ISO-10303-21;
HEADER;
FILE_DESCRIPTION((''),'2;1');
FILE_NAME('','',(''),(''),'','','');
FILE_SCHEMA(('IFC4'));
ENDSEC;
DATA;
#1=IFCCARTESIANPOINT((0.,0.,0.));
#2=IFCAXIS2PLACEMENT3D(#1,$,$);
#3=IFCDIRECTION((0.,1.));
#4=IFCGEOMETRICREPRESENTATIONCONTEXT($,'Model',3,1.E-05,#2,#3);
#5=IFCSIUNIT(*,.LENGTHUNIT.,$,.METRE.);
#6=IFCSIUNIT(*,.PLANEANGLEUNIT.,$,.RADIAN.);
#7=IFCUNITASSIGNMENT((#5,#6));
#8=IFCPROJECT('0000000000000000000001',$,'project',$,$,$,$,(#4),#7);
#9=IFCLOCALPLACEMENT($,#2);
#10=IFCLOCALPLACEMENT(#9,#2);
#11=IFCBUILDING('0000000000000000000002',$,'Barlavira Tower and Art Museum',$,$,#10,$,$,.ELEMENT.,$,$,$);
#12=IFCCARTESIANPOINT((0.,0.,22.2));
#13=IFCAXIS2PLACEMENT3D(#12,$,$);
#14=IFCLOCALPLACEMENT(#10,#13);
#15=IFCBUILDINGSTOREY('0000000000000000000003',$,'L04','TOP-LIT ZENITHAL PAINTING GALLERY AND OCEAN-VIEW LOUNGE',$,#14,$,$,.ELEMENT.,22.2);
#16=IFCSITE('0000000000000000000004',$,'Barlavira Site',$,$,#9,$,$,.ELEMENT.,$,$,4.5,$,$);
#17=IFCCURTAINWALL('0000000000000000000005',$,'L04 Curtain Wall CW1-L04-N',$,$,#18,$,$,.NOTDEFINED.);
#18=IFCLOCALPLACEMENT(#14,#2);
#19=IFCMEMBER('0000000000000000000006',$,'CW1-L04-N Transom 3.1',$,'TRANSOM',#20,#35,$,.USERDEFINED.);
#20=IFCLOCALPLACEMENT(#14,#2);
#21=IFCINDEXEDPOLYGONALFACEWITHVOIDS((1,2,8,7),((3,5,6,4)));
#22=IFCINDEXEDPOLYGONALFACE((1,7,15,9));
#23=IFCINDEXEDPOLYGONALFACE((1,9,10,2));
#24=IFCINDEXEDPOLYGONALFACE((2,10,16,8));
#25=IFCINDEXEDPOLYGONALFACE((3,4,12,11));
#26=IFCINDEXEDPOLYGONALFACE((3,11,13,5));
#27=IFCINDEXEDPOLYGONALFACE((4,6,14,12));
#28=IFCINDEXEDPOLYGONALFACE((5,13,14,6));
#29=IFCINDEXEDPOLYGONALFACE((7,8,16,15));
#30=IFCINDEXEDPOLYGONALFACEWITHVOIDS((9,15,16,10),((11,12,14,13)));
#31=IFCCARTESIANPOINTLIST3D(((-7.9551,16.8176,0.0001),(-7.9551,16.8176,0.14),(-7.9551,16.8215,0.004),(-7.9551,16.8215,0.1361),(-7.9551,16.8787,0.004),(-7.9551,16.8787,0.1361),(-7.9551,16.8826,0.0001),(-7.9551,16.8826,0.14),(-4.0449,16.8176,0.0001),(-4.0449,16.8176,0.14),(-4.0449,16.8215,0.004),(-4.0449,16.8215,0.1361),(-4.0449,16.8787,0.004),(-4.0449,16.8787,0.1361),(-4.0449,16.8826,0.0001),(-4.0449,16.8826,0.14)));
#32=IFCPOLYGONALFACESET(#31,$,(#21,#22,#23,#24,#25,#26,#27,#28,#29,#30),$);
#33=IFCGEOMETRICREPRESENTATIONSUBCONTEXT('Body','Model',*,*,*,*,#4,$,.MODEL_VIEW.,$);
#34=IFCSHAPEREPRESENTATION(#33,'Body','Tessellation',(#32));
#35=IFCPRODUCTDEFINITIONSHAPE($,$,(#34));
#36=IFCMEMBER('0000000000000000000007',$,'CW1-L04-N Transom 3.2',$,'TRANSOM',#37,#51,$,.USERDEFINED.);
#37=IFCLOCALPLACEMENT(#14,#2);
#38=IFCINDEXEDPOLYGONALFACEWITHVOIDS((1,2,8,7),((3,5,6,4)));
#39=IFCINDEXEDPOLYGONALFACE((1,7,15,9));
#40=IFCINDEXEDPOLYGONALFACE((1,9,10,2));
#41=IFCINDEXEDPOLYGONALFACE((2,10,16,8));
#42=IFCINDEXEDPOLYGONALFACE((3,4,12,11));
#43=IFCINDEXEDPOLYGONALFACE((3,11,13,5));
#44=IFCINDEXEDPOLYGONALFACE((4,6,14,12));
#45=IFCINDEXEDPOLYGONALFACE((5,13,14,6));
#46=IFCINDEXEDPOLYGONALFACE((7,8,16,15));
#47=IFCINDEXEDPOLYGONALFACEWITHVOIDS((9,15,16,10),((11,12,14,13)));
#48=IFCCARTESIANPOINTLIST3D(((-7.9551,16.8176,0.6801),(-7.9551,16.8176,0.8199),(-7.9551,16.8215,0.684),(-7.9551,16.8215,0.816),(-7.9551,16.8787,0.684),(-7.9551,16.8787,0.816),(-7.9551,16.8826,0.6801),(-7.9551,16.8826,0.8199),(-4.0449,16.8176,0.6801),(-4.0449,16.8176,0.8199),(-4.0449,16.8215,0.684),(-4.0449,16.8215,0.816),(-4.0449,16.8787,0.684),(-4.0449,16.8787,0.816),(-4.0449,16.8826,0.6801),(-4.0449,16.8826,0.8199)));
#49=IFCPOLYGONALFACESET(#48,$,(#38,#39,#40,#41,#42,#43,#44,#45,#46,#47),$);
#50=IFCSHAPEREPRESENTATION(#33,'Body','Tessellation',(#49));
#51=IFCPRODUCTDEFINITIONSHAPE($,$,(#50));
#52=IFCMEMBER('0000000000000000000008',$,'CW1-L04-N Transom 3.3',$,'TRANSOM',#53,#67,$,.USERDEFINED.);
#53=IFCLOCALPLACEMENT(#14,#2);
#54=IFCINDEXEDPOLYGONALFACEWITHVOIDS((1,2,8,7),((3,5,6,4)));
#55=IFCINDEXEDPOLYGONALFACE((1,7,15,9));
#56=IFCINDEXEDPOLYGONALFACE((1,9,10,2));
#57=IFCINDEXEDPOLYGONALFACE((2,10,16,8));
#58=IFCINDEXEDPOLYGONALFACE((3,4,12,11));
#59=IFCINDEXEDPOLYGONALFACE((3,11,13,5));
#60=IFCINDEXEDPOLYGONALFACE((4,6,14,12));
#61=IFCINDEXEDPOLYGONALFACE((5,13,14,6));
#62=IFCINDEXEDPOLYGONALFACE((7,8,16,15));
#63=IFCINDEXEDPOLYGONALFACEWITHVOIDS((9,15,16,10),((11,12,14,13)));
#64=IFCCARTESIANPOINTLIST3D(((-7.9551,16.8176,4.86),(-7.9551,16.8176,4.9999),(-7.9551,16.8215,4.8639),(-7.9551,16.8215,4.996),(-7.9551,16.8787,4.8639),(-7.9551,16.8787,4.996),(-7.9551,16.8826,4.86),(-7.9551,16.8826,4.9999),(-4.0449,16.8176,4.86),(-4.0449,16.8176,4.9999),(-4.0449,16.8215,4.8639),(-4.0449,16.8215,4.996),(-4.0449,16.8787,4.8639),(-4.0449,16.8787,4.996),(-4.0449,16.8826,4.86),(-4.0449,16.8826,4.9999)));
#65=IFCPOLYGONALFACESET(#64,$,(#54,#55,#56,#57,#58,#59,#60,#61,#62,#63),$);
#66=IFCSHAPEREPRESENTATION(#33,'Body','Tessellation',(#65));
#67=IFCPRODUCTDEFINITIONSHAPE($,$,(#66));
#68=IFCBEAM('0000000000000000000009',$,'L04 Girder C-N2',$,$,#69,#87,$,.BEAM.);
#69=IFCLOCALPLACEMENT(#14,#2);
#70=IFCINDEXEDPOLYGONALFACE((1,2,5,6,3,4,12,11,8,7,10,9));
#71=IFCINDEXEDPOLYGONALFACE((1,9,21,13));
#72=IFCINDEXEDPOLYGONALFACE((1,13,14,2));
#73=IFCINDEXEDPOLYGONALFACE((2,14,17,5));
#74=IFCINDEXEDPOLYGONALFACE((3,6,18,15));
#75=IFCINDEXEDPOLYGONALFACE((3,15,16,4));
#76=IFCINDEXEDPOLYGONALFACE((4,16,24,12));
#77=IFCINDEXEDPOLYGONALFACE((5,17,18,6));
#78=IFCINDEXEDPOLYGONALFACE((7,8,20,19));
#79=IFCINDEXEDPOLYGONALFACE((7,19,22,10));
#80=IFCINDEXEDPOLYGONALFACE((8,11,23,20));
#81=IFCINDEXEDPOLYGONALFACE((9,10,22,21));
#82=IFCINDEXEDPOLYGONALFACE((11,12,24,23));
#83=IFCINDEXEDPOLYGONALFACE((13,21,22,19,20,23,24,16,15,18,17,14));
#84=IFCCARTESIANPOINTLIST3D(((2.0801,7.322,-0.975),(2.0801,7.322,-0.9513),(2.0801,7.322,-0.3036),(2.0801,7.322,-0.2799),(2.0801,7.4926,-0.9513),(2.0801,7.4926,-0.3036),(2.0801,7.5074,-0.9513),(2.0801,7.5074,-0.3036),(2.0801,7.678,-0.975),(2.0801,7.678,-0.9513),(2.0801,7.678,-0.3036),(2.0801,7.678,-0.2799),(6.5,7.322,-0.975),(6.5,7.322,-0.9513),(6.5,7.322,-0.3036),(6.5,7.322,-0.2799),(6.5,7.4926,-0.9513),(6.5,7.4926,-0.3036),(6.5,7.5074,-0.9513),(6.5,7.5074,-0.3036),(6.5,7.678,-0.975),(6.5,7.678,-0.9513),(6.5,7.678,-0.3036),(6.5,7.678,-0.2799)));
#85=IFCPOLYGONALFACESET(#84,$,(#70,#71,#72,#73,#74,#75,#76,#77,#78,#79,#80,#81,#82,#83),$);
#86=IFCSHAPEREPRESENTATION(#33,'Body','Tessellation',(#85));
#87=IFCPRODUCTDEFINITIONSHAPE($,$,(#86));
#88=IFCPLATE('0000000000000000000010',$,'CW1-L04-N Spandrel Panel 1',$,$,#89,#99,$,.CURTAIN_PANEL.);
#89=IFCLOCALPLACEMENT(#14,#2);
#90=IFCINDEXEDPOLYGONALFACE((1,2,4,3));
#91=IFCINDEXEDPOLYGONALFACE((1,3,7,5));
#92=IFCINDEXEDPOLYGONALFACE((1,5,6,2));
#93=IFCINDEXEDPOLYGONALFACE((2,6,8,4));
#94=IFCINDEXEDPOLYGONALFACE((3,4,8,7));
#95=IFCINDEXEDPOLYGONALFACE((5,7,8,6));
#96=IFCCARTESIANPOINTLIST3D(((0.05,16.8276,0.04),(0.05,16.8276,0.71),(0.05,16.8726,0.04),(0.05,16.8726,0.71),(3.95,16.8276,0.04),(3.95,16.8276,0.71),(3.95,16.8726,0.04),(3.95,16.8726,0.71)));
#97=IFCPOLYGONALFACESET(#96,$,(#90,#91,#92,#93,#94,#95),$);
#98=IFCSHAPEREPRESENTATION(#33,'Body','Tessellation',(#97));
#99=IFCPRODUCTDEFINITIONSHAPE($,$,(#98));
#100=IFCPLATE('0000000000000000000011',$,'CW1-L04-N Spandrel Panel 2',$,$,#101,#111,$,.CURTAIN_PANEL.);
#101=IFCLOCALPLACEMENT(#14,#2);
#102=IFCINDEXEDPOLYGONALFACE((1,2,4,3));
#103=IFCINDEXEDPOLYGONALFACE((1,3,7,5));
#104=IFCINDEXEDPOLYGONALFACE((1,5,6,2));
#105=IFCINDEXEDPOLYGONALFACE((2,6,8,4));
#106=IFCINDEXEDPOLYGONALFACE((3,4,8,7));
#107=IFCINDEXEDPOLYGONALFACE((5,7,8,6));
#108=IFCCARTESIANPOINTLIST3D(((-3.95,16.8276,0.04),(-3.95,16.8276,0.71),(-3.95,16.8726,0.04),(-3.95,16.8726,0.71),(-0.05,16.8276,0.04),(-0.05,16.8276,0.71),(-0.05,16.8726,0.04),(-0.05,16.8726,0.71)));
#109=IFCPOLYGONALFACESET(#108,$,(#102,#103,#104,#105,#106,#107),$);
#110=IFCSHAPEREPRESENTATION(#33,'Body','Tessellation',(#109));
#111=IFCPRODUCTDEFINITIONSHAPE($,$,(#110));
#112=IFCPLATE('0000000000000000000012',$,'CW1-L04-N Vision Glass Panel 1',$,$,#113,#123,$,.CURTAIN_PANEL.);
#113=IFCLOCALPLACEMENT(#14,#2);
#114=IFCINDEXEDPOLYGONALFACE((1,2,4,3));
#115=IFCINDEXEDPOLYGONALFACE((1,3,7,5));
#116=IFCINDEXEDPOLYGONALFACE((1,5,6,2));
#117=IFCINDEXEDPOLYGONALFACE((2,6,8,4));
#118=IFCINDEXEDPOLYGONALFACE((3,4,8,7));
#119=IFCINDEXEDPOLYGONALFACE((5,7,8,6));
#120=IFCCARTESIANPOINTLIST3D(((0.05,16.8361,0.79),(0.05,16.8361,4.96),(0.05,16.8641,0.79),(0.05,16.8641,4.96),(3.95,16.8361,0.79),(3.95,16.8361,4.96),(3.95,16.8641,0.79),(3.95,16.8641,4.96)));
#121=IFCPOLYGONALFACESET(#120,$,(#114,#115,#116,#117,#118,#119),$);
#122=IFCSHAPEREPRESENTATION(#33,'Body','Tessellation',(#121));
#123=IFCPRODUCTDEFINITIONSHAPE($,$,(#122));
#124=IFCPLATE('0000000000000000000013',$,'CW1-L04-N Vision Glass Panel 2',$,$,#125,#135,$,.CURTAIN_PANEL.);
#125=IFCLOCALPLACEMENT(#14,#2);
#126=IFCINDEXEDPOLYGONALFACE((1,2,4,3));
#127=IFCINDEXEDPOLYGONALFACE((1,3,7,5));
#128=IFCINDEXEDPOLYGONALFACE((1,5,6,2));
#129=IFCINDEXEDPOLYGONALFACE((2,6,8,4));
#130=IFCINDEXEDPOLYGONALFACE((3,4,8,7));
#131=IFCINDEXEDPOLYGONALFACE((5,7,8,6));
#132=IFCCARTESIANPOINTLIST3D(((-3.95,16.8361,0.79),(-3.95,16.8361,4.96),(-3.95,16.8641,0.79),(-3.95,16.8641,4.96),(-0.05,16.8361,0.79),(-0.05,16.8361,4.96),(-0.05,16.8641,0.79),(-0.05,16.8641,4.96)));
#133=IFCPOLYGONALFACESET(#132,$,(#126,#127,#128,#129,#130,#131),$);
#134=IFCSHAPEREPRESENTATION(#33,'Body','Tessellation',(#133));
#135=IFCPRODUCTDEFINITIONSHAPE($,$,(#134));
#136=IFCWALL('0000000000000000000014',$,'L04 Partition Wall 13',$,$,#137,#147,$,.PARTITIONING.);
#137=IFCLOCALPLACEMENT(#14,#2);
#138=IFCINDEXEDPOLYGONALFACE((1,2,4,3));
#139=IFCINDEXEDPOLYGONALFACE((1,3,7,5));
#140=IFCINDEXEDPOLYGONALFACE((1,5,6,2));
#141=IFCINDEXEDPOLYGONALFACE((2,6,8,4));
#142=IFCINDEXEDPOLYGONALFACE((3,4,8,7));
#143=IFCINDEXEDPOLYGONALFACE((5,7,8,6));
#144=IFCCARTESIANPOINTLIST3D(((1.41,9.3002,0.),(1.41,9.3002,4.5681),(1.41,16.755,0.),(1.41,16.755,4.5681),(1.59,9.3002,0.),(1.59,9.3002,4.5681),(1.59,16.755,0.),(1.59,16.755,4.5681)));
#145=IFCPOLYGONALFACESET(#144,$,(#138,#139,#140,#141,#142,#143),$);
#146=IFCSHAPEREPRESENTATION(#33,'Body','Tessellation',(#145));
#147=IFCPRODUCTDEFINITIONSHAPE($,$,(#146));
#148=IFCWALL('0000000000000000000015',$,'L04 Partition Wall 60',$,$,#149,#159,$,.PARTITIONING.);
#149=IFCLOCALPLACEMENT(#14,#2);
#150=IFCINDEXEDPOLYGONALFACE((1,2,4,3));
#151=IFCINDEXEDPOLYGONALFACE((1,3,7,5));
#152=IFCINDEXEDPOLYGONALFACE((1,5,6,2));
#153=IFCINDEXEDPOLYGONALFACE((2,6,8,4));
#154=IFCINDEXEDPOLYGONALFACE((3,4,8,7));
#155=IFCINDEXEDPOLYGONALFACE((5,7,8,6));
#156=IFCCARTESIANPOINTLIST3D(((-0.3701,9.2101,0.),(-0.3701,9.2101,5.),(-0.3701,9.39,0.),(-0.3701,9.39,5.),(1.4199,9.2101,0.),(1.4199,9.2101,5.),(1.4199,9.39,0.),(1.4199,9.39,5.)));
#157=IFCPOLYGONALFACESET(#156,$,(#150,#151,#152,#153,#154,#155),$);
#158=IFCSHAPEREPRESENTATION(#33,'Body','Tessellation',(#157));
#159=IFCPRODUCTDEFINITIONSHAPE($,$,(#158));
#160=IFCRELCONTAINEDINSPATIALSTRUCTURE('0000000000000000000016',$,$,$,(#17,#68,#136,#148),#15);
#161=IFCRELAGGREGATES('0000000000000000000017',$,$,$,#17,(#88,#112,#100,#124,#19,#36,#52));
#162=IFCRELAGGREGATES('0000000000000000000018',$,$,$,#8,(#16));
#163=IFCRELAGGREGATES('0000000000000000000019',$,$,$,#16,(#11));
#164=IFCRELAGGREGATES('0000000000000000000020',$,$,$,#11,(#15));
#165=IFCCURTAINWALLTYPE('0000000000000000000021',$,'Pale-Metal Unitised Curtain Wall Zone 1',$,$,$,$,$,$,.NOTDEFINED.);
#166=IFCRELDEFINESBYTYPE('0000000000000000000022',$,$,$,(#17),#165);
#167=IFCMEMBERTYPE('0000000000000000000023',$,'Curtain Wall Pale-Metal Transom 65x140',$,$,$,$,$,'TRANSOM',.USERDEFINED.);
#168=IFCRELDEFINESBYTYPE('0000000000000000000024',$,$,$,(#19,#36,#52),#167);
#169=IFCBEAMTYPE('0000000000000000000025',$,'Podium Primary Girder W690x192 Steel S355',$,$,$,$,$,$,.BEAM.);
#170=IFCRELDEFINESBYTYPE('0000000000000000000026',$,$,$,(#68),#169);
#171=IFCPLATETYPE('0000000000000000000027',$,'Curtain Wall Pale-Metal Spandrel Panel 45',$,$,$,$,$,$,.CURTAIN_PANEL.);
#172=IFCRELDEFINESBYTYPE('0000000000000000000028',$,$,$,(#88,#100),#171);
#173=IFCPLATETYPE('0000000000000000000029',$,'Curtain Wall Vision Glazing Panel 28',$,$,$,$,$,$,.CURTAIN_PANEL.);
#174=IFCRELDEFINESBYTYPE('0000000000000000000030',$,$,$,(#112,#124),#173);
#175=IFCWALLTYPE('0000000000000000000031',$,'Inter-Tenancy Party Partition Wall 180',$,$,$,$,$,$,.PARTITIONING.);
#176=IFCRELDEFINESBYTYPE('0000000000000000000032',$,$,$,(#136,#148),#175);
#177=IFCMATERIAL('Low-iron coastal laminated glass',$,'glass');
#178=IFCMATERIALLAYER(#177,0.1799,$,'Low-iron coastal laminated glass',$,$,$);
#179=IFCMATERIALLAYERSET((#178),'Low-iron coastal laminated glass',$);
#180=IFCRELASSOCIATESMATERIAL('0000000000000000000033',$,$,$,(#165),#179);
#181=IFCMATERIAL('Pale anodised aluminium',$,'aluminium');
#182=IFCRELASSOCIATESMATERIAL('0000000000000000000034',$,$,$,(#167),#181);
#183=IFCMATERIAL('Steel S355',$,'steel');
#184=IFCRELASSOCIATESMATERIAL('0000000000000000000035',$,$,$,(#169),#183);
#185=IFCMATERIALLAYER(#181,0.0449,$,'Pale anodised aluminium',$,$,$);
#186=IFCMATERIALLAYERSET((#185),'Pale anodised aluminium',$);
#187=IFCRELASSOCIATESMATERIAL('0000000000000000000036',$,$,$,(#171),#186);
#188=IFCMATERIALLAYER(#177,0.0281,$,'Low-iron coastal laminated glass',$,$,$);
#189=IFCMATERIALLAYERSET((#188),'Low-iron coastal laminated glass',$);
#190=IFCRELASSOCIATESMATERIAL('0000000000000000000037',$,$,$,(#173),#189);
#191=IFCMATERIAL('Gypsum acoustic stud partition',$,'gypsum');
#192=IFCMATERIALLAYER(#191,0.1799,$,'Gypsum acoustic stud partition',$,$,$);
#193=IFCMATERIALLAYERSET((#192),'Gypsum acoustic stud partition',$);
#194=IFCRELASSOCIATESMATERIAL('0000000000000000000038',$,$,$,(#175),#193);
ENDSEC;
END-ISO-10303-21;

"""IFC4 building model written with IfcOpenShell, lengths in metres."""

from ifc_helpers import new_model, si_unit, direction, frame, frame_2d, origin, origin_2d, place, context, subcontext, project, spatial, rectangle, hollow_rectangle, i_section, extrude, material, layer, layer_set, material_profile, profile_set, type_object, element, aggregate, save


model = new_model("IFC4")

# Units and contexts
model_context = context("Model", 3, precision=1e-05, world=origin(), true_north=direction((0.0, 1.0)))
body_context = subcontext(model_context, "Body", "Model", "MODEL_VIEW")
ifc_project = project(units=[si_unit("LENGTHUNIT", "METRE"), si_unit("PLANEANGLEUNIT", "RADIAN")], contexts=[model_context])

# Site, building, storey
site_placement = place(None, origin())
site = spatial("IfcSite", under=ifc_project, at=site_placement, Name="Barlavira Site", CompositionType="ELEMENT", RefElevation=4.5)
building_placement = place(site_placement, origin())
building = spatial("IfcBuilding", under=site, at=building_placement, Name="Barlavira Tower and Art Museum", CompositionType="ELEMENT")
storey_placement = place(building_placement, frame((0.0, 0.0, 22.2)))
storey = spatial("IfcBuildingStorey", under=building, at=storey_placement, Name="L04", Description="TOP-LIT ZENITHAL PAINTING GALLERY AND OCEAN-VIEW LOUNGE", CompositionType="ELEMENT", Elevation=22.2)

# Shared definitions
ifc_material_1 = material(Name="Steel S355", Category="steel")

# Curtain wall, members
ifc_material_2 = material(Name="Low-iron coastal laminated glass", Category="glass")
ifc_layer_1 = layer(ifc_material_2, 0.1799, Name="Low-iron coastal laminated glass")
ifc_layer_set_1 = layer_set([ifc_layer_1], Name="Low-iron coastal laminated glass")
curtain_wall_type = type_object("IfcCurtainWallType", Name="Pale-Metal Unitised Curtain Wall Zone 1", PredefinedType="NOTDEFINED", material=ifc_layer_set_1)
curtain_wall_placement = place(storey_placement, origin())
curtain_wall = element("IfcCurtainWall", 1, at=curtain_wall_placement, inside=storey, type_object=curtain_wall_type, Name="L04 Curtain Wall CW1-L04-N", PredefinedType="NOTDEFINED")
ifc_material_3 = material(Name="Pale anodised aluminium", Category="aluminium")
ifc_material_profile_1 = material_profile(ifc_material_3, hollow_rectangle(XDim=0.0649, YDim=0.1399, WallThickness=0.0039, at=origin_2d()), Name="ALU-TRAN 65x140x4")
ifc_profile_set_1 = profile_set([ifc_material_profile_1], Name="Pale anodised aluminium")
member_type_1 = type_object("IfcMemberType", Name="Curtain Wall Pale-Metal Transom 65x140", ElementType="TRANSOM", PredefinedType="USERDEFINED", material=ifc_profile_set_1)
member_1_placement = place(storey_placement, frame((-4.0449, 16.8501, 0.0701), z_axis=(-1.0, 0.0, 0.0), x_axis=(0.0, -1.0, 0.0)))
member_1 = element("IfcMember", 2, at=member_1_placement, type_object=member_type_1, Name="CW1-L04-N Transom 3.1", ObjectType="TRANSOM", PredefinedType="USERDEFINED", context=body_context, shape_type="SweptSolid", body=[
    extrude(hollow_rectangle(XDim=0.0649, YDim=0.1399, WallThickness=0.0039, at=origin_2d()), origin(), (0.0, 0.0, 1.0), 3.9102),
])
member_2_placement = place(storey_placement, frame((-4.0449, 16.8501, 0.75), z_axis=(-1.0, 0.0, 0.0), x_axis=(0.0, -1.0, 0.0)))
member_2 = element("IfcMember", 3, at=member_2_placement, type_object=member_type_1, Name="CW1-L04-N Transom 3.2", ObjectType="TRANSOM", PredefinedType="USERDEFINED", context=body_context, shape_type="SweptSolid", body=[
    extrude(hollow_rectangle(XDim=0.0649, YDim=0.1399, WallThickness=0.0039, at=origin_2d()), origin(), (0.0, 0.0, 1.0), 3.9102),
])
member_3_placement = place(storey_placement, frame((-4.0449, 16.8501, 4.9299), z_axis=(-1.0, 0.0, 0.0), x_axis=(0.0, -1.0, 0.0)))
member_3 = element("IfcMember", 4, at=member_3_placement, type_object=member_type_1, Name="CW1-L04-N Transom 3.3", ObjectType="TRANSOM", PredefinedType="USERDEFINED", context=body_context, shape_type="SweptSolid", body=[
    extrude(hollow_rectangle(XDim=0.0649, YDim=0.1399, WallThickness=0.0039, at=origin_2d()), origin(), (0.0, 0.0, 1.0), 3.9102),
])

# Beam
ifc_material_profile_2 = material_profile(ifc_material_1, i_section(OverallWidth=0.356, OverallDepth=0.6951, WebThickness=0.0149, FlangeThickness=0.0237, at=origin_2d()), Name="W690x192.0")
ifc_profile_set_2 = profile_set([ifc_material_profile_2], Name="Steel S355")
beam_type = type_object("IfcBeamType", Name="Podium Primary Girder W690x192 Steel S355", PredefinedType="BEAM", material=ifc_profile_set_2)
beam_placement = place(storey_placement, frame((2.0801, 7.5, -0.6274), z_axis=(1.0, 0.0, 0.0), x_axis=(0.0, 1.0, 0.0)))
element("IfcBeam", 5, at=beam_placement, inside=storey, type_object=beam_type, Name="L04 Girder C-N2", PredefinedType="BEAM", context=body_context, shape_type="SweptSolid", body=[
    extrude(i_section(OverallWidth=0.356, OverallDepth=0.6951, WebThickness=0.0149, FlangeThickness=0.0237, at=origin_2d()), origin(), (0.0, 0.0, 1.0), 4.4199),
])

# Plates
ifc_layer_2 = layer(ifc_material_3, 0.0449, Name="Pale anodised aluminium")
ifc_layer_set_2 = layer_set([ifc_layer_2], Name="Pale anodised aluminium")
plate_type_1 = type_object("IfcPlateType", Name="Curtain Wall Pale-Metal Spandrel Panel 45", PredefinedType="CURTAIN_PANEL", material=ifc_layer_set_2)
plate_1_placement = place(storey_placement, frame((2.0, 16.8501, 0.04), z_axis=(0.0, 0.0, 1.0), x_axis=(-1.0, 0.0, 0.0)))
plate_1 = element("IfcPlate", 6, at=plate_1_placement, type_object=plate_type_1, Name="CW1-L04-N Spandrel Panel 1", PredefinedType="CURTAIN_PANEL", context=body_context, shape_type="SweptSolid", body=[
    extrude(rectangle(XDim=3.8999, YDim=0.0449, at=origin_2d()), origin(), (0.0, 0.0, 1.0), 0.6699),
])
plate_2_placement = place(storey_placement, frame((-2.0, 16.8501, 0.04), z_axis=(0.0, 0.0, 1.0), x_axis=(-1.0, 0.0, 0.0)))
plate_2 = element("IfcPlate", 7, at=plate_2_placement, type_object=plate_type_1, Name="CW1-L04-N Spandrel Panel 2", PredefinedType="CURTAIN_PANEL", context=body_context, shape_type="SweptSolid", body=[
    extrude(rectangle(XDim=3.8999, YDim=0.0449, at=origin_2d()), origin(), (0.0, 0.0, 1.0), 0.6699),
])
ifc_layer_3 = layer(ifc_material_2, 0.0281, Name="Low-iron coastal laminated glass")
ifc_layer_set_3 = layer_set([ifc_layer_3], Name="Low-iron coastal laminated glass")
plate_type_2 = type_object("IfcPlateType", Name="Curtain Wall Vision Glazing Panel 28", PredefinedType="CURTAIN_PANEL", material=ifc_layer_set_3)
plate_3_placement = place(storey_placement, frame((2.0, 16.8501, 0.79), z_axis=(0.0, 0.0, 1.0), x_axis=(-1.0, 0.0, 0.0)))
plate_3 = element("IfcPlate", 8, at=plate_3_placement, type_object=plate_type_2, Name="CW1-L04-N Vision Glass Panel 1", PredefinedType="CURTAIN_PANEL", context=body_context, shape_type="SweptSolid", body=[
    extrude(rectangle(XDim=3.8999, YDim=0.0281, at=origin_2d()), origin(), (0.0, 0.0, 1.0), 4.1699),
])
plate_4_placement = place(storey_placement, frame((-2.0, 16.8501, 0.79), z_axis=(0.0, 0.0, 1.0), x_axis=(-1.0, 0.0, 0.0)))
plate_4 = element("IfcPlate", 9, at=plate_4_placement, type_object=plate_type_2, Name="CW1-L04-N Vision Glass Panel 2", PredefinedType="CURTAIN_PANEL", context=body_context, shape_type="SweptSolid", body=[
    extrude(rectangle(XDim=3.8999, YDim=0.0281, at=origin_2d()), origin(), (0.0, 0.0, 1.0), 4.1699),
])
aggregate(curtain_wall, [plate_1, plate_3, plate_2, plate_4, member_1, member_2, member_3])

# Walls
ifc_material_4 = material(Name="Gypsum acoustic stud partition", Category="gypsum")
ifc_layer_4 = layer(ifc_material_4, 0.1799, Name="Gypsum acoustic stud partition")
ifc_layer_set_4 = layer_set([ifc_layer_4], Name="Gypsum acoustic stud partition")
wall_type_1 = type_object("IfcWallType", Name="Inter-Tenancy Party Partition Wall 180", PredefinedType="PARTITIONING", material=ifc_layer_set_4)
wall_1_placement = place(storey_placement, frame((1.5, 9.3, 0.0), z_axis=(0.0, 0.0, 1.0), x_axis=(0.0, 1.0, 0.0)))
element("IfcWall", 10, at=wall_1_placement, inside=storey, type_object=wall_type_1, Name="L04 Partition Wall 13", PredefinedType="PARTITIONING", context=body_context, shape_type="SweptSolid", body=[
    extrude(rectangle(XDim=7.4548, YDim=0.1799, at=frame_2d((3.7275, 0.0))), origin(), (0.0, 0.0, 1.0), 4.5681),
])
wall_2_placement = place(storey_placement, frame((-0.3701, 9.3, 0.0), z_axis=(0.0, 0.0, 1.0), x_axis=(1.0, 0.0, 0.0)))
element("IfcWall", 11, at=wall_2_placement, inside=storey, type_object=wall_type_1, Name="L04 Partition Wall 60", PredefinedType="PARTITIONING", context=body_context, shape_type="SweptSolid", body=[
    extrude(rectangle(XDim=1.79, YDim=0.1799, at=frame_2d((0.895, 0.0))), origin(), (0.0, 0.0, 1.0), 5.0),
])

save(model, "model.ifc")
